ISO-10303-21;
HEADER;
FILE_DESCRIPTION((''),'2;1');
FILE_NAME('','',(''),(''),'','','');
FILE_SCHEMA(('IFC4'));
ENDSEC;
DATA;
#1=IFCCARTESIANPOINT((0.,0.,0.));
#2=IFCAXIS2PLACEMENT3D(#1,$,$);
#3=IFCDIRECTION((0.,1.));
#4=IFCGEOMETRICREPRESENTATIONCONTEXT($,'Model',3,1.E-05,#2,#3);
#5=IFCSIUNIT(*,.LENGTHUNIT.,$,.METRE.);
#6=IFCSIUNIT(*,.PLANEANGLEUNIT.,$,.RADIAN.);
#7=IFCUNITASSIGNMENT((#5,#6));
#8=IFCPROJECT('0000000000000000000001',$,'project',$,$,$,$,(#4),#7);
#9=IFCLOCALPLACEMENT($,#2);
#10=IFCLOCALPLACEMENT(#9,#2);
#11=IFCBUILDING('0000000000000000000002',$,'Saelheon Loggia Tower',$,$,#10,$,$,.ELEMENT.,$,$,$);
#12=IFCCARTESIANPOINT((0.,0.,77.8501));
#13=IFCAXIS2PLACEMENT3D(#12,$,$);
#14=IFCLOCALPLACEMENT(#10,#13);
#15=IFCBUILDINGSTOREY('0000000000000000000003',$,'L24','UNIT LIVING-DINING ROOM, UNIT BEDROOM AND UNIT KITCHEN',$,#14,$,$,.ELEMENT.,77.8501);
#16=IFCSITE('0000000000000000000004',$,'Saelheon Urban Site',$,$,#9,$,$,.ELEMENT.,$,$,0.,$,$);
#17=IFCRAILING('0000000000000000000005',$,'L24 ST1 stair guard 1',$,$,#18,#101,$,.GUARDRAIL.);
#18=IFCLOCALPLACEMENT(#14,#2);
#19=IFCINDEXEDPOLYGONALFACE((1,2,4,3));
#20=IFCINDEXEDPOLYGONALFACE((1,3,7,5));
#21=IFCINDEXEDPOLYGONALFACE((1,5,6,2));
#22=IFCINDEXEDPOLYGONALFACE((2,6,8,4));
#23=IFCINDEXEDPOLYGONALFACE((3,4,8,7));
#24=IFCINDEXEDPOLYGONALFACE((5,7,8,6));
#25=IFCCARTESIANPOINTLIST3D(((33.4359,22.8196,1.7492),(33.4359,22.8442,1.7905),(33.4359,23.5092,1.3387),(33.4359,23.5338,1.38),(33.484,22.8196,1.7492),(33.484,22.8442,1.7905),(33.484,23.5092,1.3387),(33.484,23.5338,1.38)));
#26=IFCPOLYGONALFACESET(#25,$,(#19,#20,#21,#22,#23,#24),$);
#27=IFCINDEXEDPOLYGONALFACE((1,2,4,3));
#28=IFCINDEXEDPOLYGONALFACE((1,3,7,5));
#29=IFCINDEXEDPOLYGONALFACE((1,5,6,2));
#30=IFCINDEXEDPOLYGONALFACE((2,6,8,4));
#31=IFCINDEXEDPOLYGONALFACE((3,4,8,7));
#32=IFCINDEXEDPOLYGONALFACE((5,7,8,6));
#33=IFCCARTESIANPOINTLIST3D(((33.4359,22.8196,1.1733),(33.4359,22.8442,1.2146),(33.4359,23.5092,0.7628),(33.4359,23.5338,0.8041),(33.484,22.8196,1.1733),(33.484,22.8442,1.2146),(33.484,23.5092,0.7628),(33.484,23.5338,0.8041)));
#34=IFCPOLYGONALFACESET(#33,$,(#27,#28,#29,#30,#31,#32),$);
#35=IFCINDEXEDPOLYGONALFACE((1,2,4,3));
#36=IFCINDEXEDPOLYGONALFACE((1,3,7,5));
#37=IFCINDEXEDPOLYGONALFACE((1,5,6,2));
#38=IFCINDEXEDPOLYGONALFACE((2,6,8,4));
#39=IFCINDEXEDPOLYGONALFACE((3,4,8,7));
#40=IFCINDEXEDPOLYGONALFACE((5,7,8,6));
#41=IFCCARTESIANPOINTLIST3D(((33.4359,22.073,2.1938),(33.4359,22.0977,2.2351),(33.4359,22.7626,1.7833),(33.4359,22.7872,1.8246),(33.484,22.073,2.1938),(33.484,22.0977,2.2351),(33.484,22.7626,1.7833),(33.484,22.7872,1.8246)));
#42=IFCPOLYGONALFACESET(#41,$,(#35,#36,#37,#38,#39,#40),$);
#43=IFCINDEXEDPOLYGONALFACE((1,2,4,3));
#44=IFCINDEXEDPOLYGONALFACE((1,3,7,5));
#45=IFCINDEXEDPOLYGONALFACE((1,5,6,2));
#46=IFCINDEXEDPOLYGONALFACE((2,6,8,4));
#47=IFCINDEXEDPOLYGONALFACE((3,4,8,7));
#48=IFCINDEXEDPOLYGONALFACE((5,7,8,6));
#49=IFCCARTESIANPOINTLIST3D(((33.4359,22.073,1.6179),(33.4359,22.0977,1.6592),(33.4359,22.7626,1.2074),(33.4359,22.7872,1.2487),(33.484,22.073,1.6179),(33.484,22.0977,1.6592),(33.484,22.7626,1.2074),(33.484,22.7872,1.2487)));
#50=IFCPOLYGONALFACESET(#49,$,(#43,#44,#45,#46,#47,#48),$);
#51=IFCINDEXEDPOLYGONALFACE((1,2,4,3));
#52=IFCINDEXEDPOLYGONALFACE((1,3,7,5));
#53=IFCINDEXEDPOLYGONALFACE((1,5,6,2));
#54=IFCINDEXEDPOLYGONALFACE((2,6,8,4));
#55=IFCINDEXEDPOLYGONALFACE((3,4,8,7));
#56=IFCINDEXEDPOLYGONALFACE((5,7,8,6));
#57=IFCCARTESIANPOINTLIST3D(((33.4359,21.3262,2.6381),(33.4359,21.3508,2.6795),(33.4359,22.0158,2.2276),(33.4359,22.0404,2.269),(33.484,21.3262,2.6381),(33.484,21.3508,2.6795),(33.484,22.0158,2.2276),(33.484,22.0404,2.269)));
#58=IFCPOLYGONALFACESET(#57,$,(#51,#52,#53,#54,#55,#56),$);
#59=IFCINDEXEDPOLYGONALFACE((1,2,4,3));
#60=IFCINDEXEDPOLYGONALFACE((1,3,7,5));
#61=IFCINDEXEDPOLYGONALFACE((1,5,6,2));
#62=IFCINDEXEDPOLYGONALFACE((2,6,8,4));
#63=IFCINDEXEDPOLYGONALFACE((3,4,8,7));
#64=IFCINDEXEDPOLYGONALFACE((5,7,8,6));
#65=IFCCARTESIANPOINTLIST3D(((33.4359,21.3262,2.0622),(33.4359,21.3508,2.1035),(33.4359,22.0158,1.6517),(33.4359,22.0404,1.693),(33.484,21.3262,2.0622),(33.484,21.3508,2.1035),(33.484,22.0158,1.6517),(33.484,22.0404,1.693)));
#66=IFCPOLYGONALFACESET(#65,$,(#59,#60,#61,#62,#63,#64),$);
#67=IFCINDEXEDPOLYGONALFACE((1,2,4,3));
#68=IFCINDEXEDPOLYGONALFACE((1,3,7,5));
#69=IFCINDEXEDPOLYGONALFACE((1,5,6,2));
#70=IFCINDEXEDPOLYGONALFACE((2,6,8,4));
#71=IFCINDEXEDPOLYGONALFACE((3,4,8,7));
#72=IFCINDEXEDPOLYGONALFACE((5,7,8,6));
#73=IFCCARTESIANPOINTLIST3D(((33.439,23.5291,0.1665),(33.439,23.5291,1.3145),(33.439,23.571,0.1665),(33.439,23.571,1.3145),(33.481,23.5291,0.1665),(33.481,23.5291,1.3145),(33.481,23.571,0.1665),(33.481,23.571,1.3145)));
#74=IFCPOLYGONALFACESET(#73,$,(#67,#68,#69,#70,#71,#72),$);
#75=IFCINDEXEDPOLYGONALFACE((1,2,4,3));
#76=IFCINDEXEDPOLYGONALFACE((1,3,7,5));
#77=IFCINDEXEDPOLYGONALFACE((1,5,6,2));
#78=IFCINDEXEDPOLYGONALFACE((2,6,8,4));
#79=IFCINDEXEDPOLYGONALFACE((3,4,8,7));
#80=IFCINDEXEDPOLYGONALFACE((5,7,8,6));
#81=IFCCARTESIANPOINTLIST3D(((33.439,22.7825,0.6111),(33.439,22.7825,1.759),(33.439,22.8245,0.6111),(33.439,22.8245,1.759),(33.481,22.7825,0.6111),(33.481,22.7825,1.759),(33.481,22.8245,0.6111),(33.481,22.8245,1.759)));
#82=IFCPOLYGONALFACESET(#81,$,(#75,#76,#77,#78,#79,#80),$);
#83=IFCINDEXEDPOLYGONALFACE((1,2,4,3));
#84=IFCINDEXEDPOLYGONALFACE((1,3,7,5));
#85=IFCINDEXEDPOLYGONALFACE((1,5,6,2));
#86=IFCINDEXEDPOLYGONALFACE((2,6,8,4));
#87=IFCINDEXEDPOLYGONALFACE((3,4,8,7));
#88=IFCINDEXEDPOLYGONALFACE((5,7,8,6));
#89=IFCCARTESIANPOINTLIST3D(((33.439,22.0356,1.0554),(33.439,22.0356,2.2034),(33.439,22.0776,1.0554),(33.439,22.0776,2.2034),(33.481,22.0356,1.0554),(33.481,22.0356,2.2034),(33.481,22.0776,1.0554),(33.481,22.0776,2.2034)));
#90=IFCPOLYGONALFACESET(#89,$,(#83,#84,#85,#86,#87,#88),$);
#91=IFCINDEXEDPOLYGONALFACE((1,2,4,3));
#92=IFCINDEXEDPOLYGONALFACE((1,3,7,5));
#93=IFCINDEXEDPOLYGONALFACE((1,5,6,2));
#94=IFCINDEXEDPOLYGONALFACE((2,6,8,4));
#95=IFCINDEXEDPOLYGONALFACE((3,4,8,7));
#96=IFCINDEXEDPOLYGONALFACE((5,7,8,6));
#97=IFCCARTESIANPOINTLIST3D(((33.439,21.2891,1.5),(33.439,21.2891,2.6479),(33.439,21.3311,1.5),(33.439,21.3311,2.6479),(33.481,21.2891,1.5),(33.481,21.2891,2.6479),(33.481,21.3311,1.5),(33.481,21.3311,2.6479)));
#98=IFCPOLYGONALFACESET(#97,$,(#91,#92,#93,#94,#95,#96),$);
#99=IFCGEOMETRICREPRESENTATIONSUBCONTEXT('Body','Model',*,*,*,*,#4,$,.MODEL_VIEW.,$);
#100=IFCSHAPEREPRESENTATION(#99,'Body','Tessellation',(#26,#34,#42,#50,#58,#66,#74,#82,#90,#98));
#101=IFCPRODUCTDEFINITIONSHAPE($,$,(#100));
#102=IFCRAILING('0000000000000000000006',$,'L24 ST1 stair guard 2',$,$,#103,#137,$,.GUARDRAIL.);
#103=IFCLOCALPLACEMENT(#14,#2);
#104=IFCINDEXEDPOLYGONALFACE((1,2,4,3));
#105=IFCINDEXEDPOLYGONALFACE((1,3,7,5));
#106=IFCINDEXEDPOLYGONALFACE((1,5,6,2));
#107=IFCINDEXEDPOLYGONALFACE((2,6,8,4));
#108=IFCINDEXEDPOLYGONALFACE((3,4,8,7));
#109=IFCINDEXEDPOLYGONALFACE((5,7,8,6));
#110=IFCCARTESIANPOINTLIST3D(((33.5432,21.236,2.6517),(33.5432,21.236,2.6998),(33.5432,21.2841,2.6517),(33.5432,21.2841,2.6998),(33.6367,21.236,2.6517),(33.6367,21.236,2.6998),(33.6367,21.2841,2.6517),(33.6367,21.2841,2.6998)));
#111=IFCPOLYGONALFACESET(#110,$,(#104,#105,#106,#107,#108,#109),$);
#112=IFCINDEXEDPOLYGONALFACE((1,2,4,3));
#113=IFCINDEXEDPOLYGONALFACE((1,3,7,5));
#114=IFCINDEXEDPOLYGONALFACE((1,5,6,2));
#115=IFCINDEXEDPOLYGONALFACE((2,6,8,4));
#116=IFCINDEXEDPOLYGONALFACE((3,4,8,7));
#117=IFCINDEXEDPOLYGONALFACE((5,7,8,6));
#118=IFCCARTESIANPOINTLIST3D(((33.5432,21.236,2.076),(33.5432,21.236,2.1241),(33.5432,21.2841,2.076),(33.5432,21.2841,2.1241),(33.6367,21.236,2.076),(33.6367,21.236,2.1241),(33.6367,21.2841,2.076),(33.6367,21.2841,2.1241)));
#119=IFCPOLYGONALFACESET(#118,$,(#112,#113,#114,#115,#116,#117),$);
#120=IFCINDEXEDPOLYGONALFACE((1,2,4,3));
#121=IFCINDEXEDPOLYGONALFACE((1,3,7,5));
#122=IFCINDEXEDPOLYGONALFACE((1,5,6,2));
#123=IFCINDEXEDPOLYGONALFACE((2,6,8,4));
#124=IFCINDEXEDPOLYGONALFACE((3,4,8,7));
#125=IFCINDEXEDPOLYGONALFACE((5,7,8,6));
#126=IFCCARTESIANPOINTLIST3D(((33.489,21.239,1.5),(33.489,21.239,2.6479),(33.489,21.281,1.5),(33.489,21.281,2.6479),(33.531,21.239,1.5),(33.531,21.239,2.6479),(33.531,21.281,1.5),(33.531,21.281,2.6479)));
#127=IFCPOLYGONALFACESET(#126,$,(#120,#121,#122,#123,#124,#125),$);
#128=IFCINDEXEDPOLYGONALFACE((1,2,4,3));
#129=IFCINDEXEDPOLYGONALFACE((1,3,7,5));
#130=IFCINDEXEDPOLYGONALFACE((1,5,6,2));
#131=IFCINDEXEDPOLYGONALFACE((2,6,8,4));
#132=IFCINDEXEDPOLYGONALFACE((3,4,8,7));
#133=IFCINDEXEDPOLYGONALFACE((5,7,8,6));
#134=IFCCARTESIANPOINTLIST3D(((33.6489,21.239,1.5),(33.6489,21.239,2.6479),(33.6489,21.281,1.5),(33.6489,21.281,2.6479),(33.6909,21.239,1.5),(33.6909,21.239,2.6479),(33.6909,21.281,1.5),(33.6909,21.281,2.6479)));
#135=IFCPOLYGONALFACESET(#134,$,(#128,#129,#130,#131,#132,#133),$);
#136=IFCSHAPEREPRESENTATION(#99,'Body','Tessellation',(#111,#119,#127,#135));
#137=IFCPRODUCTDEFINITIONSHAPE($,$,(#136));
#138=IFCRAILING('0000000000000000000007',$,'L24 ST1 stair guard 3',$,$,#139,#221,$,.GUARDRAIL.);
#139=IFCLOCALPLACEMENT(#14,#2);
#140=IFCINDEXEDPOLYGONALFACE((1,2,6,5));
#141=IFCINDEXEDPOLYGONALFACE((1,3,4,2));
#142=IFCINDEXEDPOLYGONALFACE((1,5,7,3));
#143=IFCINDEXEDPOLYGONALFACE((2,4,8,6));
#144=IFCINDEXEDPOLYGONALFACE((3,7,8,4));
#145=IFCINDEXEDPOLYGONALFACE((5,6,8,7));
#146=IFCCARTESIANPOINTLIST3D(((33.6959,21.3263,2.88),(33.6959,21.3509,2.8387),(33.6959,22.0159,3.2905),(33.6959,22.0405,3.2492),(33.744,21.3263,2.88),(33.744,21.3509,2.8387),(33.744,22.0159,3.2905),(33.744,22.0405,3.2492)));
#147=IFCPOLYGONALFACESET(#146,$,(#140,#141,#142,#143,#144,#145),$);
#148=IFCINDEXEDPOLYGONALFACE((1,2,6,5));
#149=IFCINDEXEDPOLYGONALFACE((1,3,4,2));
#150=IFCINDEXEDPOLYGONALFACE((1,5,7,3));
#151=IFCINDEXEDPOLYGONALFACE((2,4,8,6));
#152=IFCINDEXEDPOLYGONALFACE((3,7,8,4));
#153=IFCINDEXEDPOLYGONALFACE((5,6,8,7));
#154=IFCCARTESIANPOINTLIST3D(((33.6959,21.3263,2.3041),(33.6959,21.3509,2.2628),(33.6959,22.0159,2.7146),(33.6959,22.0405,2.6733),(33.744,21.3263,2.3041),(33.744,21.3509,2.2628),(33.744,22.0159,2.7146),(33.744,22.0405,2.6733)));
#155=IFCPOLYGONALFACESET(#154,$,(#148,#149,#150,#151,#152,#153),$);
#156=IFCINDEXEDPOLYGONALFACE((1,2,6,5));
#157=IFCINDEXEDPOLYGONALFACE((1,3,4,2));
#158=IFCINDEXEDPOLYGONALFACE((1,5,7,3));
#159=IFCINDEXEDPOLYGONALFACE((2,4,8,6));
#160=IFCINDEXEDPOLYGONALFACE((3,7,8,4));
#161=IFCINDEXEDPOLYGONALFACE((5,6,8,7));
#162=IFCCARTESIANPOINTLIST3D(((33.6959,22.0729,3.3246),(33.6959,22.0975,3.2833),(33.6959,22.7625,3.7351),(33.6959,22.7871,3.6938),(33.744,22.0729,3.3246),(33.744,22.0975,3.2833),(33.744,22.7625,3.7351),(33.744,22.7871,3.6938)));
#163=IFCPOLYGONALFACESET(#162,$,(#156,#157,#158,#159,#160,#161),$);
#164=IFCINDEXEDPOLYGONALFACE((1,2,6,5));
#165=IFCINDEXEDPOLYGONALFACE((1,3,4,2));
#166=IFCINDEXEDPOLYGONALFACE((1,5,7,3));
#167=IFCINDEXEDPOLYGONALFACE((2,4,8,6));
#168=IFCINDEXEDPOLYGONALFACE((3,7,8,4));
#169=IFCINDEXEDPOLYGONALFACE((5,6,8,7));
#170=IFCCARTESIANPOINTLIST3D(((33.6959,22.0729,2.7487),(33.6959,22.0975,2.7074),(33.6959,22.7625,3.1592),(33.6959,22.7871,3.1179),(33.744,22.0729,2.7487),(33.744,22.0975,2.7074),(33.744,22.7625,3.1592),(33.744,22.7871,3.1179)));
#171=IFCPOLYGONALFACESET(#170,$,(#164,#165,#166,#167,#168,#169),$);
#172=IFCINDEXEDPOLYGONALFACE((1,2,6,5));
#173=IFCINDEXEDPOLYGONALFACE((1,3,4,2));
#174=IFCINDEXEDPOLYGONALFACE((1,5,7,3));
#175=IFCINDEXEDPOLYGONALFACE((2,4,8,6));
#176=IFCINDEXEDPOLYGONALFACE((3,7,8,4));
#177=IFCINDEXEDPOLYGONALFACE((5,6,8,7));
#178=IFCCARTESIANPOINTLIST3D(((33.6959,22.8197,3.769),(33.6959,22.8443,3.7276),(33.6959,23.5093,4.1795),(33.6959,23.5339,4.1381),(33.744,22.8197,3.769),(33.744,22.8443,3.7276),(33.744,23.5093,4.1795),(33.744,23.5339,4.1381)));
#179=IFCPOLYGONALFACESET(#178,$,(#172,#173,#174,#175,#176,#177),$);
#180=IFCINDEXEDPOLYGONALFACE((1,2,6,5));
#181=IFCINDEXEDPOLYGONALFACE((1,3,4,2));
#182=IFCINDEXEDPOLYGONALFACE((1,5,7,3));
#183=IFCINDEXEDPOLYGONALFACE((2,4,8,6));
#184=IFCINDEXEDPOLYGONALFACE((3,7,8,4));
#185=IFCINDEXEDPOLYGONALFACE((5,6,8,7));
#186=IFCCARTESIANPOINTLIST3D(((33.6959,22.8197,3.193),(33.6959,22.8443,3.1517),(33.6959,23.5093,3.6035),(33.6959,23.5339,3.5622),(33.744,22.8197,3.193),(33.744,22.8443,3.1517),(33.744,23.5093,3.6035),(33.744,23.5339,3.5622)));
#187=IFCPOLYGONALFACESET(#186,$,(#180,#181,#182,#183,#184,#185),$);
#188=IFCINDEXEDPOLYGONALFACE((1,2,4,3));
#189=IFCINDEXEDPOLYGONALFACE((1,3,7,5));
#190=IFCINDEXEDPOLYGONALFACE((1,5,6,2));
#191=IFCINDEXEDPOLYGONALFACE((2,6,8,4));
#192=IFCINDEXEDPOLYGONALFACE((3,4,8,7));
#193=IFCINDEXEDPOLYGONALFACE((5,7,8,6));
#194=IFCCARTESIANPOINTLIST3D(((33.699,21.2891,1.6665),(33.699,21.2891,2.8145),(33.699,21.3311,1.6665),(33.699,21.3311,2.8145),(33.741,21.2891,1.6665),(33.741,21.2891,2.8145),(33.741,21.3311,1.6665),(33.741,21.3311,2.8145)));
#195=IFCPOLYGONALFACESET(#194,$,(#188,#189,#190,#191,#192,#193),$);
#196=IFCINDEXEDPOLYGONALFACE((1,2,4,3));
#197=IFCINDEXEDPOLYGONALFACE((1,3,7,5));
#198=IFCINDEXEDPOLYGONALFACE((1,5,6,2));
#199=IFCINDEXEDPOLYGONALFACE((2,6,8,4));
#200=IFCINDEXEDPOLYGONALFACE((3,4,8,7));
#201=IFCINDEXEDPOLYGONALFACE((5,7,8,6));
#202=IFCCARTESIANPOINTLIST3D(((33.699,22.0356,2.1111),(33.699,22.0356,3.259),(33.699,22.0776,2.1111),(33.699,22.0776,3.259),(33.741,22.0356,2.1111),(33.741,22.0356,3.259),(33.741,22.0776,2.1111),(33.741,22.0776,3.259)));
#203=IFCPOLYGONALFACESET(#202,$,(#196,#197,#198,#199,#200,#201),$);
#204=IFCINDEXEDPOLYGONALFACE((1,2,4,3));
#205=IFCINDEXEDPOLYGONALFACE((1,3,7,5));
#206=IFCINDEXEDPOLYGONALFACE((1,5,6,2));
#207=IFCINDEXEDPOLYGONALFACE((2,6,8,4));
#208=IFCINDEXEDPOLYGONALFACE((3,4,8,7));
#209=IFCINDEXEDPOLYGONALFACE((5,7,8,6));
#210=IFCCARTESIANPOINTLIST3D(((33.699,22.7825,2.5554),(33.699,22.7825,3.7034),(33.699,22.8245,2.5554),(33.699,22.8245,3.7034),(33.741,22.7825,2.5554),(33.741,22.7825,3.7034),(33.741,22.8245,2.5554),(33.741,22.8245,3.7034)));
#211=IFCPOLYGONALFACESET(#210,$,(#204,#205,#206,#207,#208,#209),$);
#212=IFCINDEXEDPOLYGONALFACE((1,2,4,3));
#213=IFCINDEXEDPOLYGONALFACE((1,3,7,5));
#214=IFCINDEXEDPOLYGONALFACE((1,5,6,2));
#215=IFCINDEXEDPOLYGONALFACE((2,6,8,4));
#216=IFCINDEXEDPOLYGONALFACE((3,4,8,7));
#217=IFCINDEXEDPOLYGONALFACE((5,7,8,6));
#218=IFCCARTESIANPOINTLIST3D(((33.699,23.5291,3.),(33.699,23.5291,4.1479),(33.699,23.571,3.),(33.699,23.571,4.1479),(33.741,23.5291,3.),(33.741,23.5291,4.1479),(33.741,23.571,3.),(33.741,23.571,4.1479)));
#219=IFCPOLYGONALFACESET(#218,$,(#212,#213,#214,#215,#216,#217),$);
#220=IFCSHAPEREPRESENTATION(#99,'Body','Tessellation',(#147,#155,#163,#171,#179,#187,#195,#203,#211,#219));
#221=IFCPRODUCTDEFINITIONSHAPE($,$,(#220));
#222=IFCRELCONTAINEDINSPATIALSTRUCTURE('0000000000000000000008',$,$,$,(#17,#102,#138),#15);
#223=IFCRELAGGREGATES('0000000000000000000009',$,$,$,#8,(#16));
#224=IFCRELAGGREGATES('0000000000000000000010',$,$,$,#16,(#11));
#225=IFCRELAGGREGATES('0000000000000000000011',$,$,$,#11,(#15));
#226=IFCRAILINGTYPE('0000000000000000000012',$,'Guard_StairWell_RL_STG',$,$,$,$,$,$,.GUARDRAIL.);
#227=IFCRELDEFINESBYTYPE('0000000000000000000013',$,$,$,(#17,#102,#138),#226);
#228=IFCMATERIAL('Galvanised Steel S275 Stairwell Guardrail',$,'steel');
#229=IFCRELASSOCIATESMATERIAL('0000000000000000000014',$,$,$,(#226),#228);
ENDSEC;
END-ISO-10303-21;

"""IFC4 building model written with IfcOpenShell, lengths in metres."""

from ifc_helpers import new_model, si_unit, direction, frame, origin, origin_2d, place, context, subcontext, project, spatial, rectangle, extrude, material, type_object, element, save


model = new_model("IFC4")

# Units and contexts
model_context = context("Model", 3, precision=1e-05, world=origin(), true_north=direction((0.0, 1.0)))
body_context = subcontext(model_context, "Body", "Model", "MODEL_VIEW")
ifc_project = project(units=[si_unit("LENGTHUNIT", "METRE"), si_unit("PLANEANGLEUNIT", "RADIAN")], contexts=[model_context])

# Site, building, storey
site_placement = place(None, origin())
site = spatial("IfcSite", under=ifc_project, at=site_placement, Name="Saelheon Urban Site", CompositionType="ELEMENT", RefElevation=0.0)
building_placement = place(site_placement, origin())
building = spatial("IfcBuilding", under=site, at=building_placement, Name="Saelheon Loggia Tower", CompositionType="ELEMENT")
storey_placement = place(building_placement, frame((0.0, 0.0, 77.8501)))
storey = spatial("IfcBuildingStorey", under=building, at=storey_placement, Name="L24", Description="UNIT LIVING-DINING ROOM, UNIT BEDROOM AND UNIT KITCHEN", CompositionType="ELEMENT", Elevation=77.8501)

# Railings
ifc_material_1 = material(Name="Galvanised Steel S275 Stairwell Guardrail", Category="steel")
railing_type_1 = type_object("IfcRailingType", Name="Guard_StairWell_RL_STG", PredefinedType="GUARDRAIL", material=ifc_material_1)
railing_1_placement = place(storey_placement, frame((33.46, 23.55, 0.1665)))
element("IfcRailing", 1, at=railing_1_placement, inside=storey, type_object=railing_type_1, Name="L24 ST1 stair guard 1", PredefinedType="GUARDRAIL", context=body_context, shape_type="SweptSolid", body=[
    extrude(rectangle(XDim=0.0481, YDim=0.0481, at=origin_2d()), frame((0.0, -0.0286, 1.1929), z_axis=(0.0, -0.859264, 0.511532), x_axis=(1.0, 0.0, 0.0)), (0.0, 0.0, 1.0), 0.8025),
    extrude(rectangle(XDim=0.0481, YDim=0.0481, at=origin_2d()), frame((0.0, -0.0286, 0.6169), z_axis=(0.0, -0.859264, 0.511532), x_axis=(1.0, 0.0, 0.0)), (0.0, 0.0, 1.0), 0.8025),
    extrude(rectangle(XDim=0.0481, YDim=0.0481, at=origin_2d()), frame((0.0, -0.7751, 1.6375), z_axis=(0.0, -0.859264, 0.511532), x_axis=(1.0, 0.0, 0.0)), (0.0, 0.0, 1.0), 0.8025),
    extrude(rectangle(XDim=0.0481, YDim=0.0481, at=origin_2d()), frame((0.0, -0.7751, 1.0615), z_axis=(0.0, -0.859264, 0.511532), x_axis=(1.0, 0.0, 0.0)), (0.0, 0.0, 1.0), 0.8025),
    extrude(rectangle(XDim=0.0481, YDim=0.0481, at=origin_2d()), frame((0.0, -1.522, 2.0818), z_axis=(0.0, -0.859264, 0.511532), x_axis=(1.0, 0.0, 0.0)), (0.0, 0.0, 1.0), 0.8025),
    extrude(rectangle(XDim=0.0481, YDim=0.0481, at=origin_2d()), frame((0.0, -1.522, 1.5059), z_axis=(0.0, -0.859264, 0.511532), x_axis=(1.0, 0.0, 0.0)), (0.0, 0.0, 1.0), 0.8025),
    extrude(rectangle(XDim=0.042, YDim=0.042, at=origin_2d()), origin(), (0.0, 0.0, 1.0), 1.1479),
    extrude(rectangle(XDim=0.042, YDim=0.042, at=origin_2d()), frame((0.0, -0.7466, 0.4446)), (0.0, 0.0, 1.0), 1.1479),
    extrude(rectangle(XDim=0.042, YDim=0.042, at=origin_2d()), frame((0.0, -1.4934, 0.8889)), (0.0, 0.0, 1.0), 1.1479),
    extrude(rectangle(XDim=0.042, YDim=0.042, at=origin_2d()), frame((0.0, -2.24, 1.3335)), (0.0, 0.0, 1.0), 1.1479),
])
railing_2_placement = place(storey_placement, frame((33.51, 21.26, 1.5)))
element("IfcRailing", 2, at=railing_2_placement, inside=storey, type_object=railing_type_1, Name="L24 ST1 stair guard 2", PredefinedType="GUARDRAIL", context=body_context, shape_type="SweptSolid", body=[
    extrude(rectangle(XDim=0.0481, YDim=0.0481, at=origin_2d()), frame((0.0332, 0.0, 1.1758), z_axis=(1.0, 0.0, 0.0), x_axis=(0.0, 1.0, 0.0)), (0.0, 0.0, 1.0), 0.0935),
    extrude(rectangle(XDim=0.0481, YDim=0.0481, at=origin_2d()), frame((0.0332, 0.0, 0.6001), z_axis=(1.0, 0.0, 0.0), x_axis=(0.0, 1.0, 0.0)), (0.0, 0.0, 1.0), 0.0935),
    extrude(rectangle(XDim=0.042, YDim=0.042, at=origin_2d()), origin(), (0.0, 0.0, 1.0), 1.1479),
    extrude(rectangle(XDim=0.042, YDim=0.042, at=origin_2d()), frame((0.1599, 0.0, 0.0)), (0.0, 0.0, 1.0), 1.1479),
])
railing_3_placement = place(storey_placement, frame((33.72, 21.3101, 1.6665)))
element("IfcRailing", 3, at=railing_3_placement, inside=storey, type_object=railing_type_1, Name="L24 ST1 stair guard 3", PredefinedType="GUARDRAIL", context=body_context, shape_type="SweptSolid", body=[
    extrude(rectangle(XDim=0.0481, YDim=0.0481, at=origin_2d()), frame((0.0, 0.0286, 1.1929), z_axis=(0.0, 0.859264, 0.511532), x_axis=(-1.0, 0.0, 0.0)), (0.0, 0.0, 1.0), 0.8025),
    extrude(rectangle(XDim=0.0481, YDim=0.0481, at=origin_2d()), frame((0.0, 0.0286, 0.6169), z_axis=(0.0, 0.859264, 0.511532), x_axis=(-1.0, 0.0, 0.0)), (0.0, 0.0, 1.0), 0.8025),
    extrude(rectangle(XDim=0.0481, YDim=0.0481, at=origin_2d()), frame((0.0, 0.7751, 1.6375), z_axis=(0.0, 0.859264, 0.511532), x_axis=(-1.0, 0.0, 0.0)), (0.0, 0.0, 1.0), 0.8025),
    extrude(rectangle(XDim=0.0481, YDim=0.0481, at=origin_2d()), frame((0.0, 0.7751, 1.0615), z_axis=(0.0, 0.859264, 0.511532), x_axis=(-1.0, 0.0, 0.0)), (0.0, 0.0, 1.0), 0.8025),
    extrude(rectangle(XDim=0.0481, YDim=0.0481, at=origin_2d()), frame((0.0, 1.522, 2.0818), z_axis=(0.0, 0.859264, 0.511532), x_axis=(-1.0, 0.0, 0.0)), (0.0, 0.0, 1.0), 0.8025),
    extrude(rectangle(XDim=0.0481, YDim=0.0481, at=origin_2d()), frame((0.0, 1.522, 1.5059), z_axis=(0.0, 0.859264, 0.511532), x_axis=(-1.0, 0.0, 0.0)), (0.0, 0.0, 1.0), 0.8025),
    extrude(rectangle(XDim=0.042, YDim=0.042, at=origin_2d()), origin(), (0.0, 0.0, 1.0), 1.1479),
    extrude(rectangle(XDim=0.042, YDim=0.042, at=origin_2d()), frame((0.0, 0.7466, 0.4446)), (0.0, 0.0, 1.0), 1.1479),
    extrude(rectangle(XDim=0.042, YDim=0.042, at=origin_2d()), frame((0.0, 1.4934, 0.8889)), (0.0, 0.0, 1.0), 1.1479),
    extrude(rectangle(XDim=0.042, YDim=0.042, at=origin_2d()), frame((0.0, 2.24, 1.3335)), (0.0, 0.0, 1.0), 1.1479),
])

save(model, "model.ifc")
